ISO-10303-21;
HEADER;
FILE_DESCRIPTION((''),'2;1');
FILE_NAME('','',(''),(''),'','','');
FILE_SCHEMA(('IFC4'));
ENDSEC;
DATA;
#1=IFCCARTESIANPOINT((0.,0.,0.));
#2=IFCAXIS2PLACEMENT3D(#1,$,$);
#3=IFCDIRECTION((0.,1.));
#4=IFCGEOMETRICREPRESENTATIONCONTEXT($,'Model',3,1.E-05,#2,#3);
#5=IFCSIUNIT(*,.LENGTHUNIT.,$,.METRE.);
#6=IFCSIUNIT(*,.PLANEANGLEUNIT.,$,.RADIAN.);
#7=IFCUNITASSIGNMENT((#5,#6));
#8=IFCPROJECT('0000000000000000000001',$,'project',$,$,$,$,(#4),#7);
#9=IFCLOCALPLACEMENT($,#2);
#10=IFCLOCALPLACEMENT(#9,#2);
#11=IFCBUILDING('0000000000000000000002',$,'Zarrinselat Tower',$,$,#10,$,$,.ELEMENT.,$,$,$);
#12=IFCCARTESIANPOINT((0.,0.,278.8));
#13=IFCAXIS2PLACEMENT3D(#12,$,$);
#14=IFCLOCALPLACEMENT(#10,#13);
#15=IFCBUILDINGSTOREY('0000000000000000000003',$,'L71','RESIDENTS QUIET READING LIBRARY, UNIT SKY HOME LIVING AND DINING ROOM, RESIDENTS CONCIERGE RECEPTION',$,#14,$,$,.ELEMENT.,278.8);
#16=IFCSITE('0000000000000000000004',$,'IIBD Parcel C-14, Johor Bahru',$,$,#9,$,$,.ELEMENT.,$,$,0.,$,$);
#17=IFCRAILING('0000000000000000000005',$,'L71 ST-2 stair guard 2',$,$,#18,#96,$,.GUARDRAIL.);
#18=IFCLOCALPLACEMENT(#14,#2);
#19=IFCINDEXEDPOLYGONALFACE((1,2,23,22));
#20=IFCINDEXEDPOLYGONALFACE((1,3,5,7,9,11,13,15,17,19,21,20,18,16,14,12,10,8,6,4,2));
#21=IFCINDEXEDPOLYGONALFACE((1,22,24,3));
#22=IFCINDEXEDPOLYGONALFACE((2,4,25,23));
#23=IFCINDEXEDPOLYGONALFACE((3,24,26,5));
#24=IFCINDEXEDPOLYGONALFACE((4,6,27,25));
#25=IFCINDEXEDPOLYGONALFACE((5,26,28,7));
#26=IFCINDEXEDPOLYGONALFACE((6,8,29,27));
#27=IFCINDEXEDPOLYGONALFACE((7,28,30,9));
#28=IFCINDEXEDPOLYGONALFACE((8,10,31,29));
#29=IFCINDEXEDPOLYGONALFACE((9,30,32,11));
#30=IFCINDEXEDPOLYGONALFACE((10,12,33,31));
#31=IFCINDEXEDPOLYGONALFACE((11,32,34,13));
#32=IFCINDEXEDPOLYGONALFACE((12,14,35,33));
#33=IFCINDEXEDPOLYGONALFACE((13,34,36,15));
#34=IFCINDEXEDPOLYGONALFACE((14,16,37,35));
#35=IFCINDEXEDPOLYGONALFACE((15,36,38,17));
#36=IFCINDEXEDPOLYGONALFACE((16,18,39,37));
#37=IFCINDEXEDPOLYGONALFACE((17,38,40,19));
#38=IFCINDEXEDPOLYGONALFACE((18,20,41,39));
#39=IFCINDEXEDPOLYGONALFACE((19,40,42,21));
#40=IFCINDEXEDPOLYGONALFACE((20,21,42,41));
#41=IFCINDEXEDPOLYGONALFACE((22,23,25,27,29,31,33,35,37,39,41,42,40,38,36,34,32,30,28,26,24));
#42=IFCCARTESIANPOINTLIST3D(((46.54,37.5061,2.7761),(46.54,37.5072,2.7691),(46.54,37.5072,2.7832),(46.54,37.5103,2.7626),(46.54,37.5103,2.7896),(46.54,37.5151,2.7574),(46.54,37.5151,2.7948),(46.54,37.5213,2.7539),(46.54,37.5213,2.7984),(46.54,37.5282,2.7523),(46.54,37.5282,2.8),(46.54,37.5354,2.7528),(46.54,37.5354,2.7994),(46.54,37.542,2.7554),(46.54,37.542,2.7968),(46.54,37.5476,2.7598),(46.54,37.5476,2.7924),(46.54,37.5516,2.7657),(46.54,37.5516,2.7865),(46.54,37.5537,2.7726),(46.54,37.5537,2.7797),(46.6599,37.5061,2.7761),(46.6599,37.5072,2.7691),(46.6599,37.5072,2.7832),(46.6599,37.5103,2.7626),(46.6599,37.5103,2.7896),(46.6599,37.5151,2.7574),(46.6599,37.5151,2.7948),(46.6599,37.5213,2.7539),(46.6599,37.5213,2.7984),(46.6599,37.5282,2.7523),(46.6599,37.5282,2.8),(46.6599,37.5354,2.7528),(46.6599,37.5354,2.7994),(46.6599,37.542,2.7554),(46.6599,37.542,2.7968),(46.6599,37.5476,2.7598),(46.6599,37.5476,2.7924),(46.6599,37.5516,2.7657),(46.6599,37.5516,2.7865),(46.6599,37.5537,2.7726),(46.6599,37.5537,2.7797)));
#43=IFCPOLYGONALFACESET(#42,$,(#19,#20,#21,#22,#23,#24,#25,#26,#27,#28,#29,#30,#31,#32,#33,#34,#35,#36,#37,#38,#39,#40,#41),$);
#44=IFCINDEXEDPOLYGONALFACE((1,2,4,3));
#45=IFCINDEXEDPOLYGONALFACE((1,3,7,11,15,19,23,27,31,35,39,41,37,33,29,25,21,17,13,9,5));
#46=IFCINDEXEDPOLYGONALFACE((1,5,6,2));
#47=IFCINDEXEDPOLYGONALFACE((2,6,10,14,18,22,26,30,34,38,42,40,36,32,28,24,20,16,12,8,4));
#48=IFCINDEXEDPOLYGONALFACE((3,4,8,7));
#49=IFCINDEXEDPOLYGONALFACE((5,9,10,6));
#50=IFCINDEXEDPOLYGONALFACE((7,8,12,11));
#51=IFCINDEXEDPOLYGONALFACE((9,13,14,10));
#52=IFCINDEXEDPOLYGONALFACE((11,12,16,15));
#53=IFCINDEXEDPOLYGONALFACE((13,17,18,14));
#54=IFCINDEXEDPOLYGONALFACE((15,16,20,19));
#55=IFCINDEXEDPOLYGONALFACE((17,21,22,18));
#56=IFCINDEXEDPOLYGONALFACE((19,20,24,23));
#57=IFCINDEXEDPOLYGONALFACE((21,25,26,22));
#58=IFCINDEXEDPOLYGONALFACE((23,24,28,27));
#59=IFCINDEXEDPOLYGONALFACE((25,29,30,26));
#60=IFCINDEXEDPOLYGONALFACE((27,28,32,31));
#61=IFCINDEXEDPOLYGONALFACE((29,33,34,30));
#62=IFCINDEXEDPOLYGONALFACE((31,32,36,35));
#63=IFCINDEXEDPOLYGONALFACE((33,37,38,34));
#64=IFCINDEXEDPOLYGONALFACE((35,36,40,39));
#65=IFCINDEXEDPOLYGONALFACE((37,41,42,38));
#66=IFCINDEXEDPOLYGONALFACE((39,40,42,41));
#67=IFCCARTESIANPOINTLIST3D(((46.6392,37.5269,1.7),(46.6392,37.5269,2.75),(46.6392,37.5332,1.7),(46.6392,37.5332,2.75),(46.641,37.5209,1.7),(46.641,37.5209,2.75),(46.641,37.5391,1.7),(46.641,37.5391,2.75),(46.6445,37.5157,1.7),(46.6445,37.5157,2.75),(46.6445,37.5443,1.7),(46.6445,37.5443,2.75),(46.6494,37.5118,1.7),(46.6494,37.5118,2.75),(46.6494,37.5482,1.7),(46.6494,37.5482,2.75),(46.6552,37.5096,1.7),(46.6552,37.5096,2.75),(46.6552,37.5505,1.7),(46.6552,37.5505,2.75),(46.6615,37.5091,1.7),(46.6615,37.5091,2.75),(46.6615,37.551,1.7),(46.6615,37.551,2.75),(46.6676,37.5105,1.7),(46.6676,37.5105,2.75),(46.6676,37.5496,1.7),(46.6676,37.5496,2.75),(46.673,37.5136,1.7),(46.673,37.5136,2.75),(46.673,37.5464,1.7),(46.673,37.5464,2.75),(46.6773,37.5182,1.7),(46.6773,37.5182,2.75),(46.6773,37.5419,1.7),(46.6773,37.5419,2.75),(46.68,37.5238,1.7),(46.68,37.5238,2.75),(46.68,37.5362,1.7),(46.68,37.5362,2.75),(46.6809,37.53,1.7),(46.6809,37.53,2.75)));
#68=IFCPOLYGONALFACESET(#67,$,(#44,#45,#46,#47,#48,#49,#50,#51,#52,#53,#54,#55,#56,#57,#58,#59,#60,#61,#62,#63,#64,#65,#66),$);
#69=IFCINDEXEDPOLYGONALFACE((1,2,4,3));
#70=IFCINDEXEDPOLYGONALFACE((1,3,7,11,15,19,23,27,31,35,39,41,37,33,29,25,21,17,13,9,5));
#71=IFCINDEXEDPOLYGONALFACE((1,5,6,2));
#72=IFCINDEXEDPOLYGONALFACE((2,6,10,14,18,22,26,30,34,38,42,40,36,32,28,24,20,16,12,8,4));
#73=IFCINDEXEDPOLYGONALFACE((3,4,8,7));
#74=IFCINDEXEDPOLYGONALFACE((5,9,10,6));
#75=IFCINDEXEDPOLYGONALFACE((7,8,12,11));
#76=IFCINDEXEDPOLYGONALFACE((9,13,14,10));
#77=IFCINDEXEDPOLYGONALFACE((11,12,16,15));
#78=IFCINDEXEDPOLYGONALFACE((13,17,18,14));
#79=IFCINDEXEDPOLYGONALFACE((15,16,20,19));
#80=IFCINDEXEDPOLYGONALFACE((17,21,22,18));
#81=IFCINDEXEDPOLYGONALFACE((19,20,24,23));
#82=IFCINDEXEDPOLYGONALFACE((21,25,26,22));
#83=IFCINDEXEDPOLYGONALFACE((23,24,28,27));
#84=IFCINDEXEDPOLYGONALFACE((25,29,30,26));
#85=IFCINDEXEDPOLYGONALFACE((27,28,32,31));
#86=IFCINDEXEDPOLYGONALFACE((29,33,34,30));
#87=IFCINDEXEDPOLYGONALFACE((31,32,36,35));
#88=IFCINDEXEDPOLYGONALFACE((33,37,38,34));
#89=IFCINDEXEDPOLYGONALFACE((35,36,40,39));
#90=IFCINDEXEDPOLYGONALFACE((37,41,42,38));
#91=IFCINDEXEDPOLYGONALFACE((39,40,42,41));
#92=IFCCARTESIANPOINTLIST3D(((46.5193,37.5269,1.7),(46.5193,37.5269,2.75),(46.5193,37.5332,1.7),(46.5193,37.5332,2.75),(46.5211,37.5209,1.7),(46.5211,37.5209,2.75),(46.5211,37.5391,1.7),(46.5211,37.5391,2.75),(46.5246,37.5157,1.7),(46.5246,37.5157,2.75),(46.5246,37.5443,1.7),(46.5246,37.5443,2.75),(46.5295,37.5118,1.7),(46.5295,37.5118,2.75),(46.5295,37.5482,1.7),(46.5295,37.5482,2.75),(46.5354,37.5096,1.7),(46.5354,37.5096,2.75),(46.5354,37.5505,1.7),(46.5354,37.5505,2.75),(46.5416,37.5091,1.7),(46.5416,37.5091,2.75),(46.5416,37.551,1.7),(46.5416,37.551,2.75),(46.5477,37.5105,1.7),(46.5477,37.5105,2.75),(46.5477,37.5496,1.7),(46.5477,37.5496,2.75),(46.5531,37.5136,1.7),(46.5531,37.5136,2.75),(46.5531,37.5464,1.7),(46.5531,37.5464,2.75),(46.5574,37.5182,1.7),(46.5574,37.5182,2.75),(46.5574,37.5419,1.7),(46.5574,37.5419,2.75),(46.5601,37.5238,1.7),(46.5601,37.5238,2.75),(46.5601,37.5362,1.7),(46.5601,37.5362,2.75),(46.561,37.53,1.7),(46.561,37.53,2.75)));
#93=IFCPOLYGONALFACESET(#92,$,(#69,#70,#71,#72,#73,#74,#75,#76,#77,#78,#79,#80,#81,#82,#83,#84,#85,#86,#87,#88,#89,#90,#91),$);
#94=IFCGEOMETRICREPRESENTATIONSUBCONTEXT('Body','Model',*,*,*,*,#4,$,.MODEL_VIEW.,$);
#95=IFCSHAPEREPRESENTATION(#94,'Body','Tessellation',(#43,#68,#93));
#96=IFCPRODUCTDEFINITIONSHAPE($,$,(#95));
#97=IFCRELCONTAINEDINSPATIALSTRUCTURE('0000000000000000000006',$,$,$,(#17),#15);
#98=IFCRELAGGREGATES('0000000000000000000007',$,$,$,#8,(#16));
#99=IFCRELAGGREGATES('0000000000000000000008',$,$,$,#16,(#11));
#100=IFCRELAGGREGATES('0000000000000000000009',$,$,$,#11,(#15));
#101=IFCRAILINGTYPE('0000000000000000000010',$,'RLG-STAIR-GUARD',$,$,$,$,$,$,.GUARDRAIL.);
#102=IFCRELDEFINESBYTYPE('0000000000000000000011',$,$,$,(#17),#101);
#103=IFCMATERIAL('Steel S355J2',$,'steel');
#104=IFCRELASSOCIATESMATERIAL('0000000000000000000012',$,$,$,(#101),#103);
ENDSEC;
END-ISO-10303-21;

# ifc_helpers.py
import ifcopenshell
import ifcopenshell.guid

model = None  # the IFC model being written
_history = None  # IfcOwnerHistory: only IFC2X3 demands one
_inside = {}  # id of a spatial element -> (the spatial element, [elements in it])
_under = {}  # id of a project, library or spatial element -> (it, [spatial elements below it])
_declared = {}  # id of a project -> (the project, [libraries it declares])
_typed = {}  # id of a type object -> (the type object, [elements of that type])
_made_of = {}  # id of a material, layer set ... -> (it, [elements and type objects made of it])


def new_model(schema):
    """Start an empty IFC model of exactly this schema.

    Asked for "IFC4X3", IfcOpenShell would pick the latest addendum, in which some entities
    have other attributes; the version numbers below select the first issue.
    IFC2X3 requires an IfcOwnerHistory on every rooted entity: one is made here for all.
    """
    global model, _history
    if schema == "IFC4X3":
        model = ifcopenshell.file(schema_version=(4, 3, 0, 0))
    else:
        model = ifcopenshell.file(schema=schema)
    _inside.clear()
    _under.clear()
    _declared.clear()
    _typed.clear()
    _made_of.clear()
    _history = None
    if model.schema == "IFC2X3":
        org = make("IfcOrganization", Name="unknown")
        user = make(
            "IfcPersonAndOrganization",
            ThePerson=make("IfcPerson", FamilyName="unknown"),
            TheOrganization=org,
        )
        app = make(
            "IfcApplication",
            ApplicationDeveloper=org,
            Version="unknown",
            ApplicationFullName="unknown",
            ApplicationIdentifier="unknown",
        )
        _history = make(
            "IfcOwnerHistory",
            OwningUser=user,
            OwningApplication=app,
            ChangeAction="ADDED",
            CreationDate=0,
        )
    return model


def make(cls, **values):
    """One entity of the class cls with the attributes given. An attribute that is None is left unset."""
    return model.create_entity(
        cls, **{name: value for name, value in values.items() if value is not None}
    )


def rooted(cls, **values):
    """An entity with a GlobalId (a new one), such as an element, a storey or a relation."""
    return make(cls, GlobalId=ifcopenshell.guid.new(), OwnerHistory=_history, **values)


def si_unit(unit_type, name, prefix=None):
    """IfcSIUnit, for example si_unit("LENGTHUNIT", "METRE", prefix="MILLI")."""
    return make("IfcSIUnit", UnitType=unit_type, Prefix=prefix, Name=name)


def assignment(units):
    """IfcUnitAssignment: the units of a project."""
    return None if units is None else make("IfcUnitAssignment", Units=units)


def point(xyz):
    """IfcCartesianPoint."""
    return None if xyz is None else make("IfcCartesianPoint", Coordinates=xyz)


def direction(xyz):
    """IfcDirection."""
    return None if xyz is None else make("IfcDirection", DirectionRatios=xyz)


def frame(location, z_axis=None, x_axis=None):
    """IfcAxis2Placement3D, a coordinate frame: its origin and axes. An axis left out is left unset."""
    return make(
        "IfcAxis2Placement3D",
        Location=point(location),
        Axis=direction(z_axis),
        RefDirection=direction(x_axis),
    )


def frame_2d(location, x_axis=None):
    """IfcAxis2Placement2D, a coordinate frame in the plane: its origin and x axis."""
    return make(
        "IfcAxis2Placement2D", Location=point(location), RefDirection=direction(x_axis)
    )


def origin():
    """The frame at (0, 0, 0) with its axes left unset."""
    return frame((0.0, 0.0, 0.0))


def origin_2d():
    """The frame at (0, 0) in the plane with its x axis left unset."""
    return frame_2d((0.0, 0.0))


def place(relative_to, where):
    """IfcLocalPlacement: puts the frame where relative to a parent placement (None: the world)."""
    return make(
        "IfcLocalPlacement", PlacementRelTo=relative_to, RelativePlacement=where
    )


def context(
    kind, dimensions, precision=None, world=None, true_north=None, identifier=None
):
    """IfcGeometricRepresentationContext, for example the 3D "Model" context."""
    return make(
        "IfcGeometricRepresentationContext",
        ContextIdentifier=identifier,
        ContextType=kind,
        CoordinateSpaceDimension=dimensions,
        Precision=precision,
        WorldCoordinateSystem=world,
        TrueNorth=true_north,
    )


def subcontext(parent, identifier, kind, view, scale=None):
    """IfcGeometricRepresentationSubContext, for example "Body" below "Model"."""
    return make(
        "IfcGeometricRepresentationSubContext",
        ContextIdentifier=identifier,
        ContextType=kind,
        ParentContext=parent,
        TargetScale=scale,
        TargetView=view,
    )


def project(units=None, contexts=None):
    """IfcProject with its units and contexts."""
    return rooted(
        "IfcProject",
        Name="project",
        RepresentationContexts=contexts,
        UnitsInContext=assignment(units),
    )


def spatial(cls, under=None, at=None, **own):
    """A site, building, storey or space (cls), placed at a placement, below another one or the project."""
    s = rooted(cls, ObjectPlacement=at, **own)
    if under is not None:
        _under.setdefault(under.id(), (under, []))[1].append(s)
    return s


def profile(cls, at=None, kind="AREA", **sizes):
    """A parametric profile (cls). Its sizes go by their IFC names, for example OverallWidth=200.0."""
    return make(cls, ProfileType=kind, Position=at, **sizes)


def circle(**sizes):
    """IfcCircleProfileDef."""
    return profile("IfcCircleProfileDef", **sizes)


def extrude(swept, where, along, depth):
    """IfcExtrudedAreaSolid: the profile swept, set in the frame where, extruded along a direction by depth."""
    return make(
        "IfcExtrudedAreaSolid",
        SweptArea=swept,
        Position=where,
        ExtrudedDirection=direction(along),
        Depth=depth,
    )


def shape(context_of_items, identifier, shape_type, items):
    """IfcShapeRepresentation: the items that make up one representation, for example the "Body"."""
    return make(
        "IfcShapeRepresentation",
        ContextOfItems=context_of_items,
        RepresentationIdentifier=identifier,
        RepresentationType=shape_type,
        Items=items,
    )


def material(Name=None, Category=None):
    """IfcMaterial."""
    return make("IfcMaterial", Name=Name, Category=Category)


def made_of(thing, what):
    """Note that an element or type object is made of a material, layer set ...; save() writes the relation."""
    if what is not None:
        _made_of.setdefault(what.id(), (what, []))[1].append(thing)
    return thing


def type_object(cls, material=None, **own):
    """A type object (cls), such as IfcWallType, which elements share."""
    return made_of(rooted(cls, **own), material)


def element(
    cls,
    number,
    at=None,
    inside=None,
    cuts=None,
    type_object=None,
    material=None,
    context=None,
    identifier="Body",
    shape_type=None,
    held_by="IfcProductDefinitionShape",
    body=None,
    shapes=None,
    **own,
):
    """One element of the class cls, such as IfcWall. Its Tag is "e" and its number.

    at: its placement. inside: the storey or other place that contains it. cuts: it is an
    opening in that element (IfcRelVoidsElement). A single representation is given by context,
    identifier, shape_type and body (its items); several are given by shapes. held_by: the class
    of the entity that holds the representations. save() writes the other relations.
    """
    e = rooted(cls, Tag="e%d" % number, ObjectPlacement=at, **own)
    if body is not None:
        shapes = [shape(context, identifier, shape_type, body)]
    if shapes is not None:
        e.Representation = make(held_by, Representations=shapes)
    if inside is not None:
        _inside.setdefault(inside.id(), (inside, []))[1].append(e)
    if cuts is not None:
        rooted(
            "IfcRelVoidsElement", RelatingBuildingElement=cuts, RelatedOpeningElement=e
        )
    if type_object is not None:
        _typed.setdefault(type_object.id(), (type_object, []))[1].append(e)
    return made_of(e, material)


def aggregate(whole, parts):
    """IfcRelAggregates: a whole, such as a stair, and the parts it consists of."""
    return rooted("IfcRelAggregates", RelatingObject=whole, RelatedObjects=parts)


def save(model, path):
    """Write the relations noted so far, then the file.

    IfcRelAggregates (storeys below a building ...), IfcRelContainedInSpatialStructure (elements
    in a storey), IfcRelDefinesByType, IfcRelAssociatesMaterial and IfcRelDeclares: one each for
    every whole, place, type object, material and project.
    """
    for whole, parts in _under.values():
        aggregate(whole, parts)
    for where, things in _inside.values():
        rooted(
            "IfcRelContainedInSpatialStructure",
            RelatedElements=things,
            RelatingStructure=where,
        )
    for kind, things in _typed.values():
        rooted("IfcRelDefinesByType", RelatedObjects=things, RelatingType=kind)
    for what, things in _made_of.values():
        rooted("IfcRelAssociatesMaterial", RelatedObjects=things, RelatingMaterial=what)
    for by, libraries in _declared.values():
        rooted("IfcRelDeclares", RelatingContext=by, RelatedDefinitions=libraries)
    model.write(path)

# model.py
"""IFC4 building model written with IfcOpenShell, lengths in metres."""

from ifc_helpers import new_model, si_unit, direction, frame, origin, origin_2d, place, context, subcontext, project, spatial, circle, extrude, material, type_object, element, save


model = new_model("IFC4")

# Units and contexts
model_context = context("Model", 3, precision=1e-05, world=origin(), true_north=direction((0.0, 1.0)))
body_context = subcontext(model_context, "Body", "Model", "MODEL_VIEW")
ifc_project = project(units=[si_unit("LENGTHUNIT", "METRE"), si_unit("PLANEANGLEUNIT", "RADIAN")], contexts=[model_context])

# Site, building, storey
site_placement = place(None, origin())
site = spatial("IfcSite", under=ifc_project, at=site_placement, Name="IIBD Parcel C-14, Johor Bahru", CompositionType="ELEMENT", RefElevation=0.0)
building_placement = place(site_placement, origin())
building = spatial("IfcBuilding", under=site, at=building_placement, Name="Zarrinselat Tower", CompositionType="ELEMENT")
storey_placement = place(building_placement, frame((0.0, 0.0, 278.8)))
storey = spatial("IfcBuildingStorey", under=building, at=storey_placement, Name="L71", Description="RESIDENTS QUIET READING LIBRARY, UNIT SKY HOME LIVING AND DINING ROOM, RESIDENTS CONCIERGE RECEPTION", CompositionType="ELEMENT", Elevation=278.8)

# Railing
ifc_material_1 = material(Name="Steel S355J2", Category="steel")
railing_type = type_object("IfcRailingType", Name="RLG-STAIR-GUARD", PredefinedType="GUARDRAIL", material=ifc_material_1)
railing_1_placement = place(storey_placement, frame((46.6599, 37.53, 1.7)))
element("IfcRailing", 1, at=railing_1_placement, inside=storey, type_object=railing_type, Name="L71 ST-2 stair guard 2", PredefinedType="GUARDRAIL", context=body_context, shape_type="SweptSolid", body=[
    extrude(circle(Radius=0.0239, at=origin_2d()), frame((0.0, 0.0, 1.0762), z_axis=(-1.0, 0.0, 0.0), x_axis=(0.0, -1.0, 0.0)), (0.0, 0.0, 1.0), 0.1199),
    extrude(circle(Radius=0.021, at=origin_2d()), origin(), (0.0, 0.0, 1.0), 1.05),
    extrude(circle(Radius=0.021, at=origin_2d()), frame((-0.1199, 0.0, 0.0)), (0.0, 0.0, 1.0), 1.05),
])

save(model, "model.ifc")
